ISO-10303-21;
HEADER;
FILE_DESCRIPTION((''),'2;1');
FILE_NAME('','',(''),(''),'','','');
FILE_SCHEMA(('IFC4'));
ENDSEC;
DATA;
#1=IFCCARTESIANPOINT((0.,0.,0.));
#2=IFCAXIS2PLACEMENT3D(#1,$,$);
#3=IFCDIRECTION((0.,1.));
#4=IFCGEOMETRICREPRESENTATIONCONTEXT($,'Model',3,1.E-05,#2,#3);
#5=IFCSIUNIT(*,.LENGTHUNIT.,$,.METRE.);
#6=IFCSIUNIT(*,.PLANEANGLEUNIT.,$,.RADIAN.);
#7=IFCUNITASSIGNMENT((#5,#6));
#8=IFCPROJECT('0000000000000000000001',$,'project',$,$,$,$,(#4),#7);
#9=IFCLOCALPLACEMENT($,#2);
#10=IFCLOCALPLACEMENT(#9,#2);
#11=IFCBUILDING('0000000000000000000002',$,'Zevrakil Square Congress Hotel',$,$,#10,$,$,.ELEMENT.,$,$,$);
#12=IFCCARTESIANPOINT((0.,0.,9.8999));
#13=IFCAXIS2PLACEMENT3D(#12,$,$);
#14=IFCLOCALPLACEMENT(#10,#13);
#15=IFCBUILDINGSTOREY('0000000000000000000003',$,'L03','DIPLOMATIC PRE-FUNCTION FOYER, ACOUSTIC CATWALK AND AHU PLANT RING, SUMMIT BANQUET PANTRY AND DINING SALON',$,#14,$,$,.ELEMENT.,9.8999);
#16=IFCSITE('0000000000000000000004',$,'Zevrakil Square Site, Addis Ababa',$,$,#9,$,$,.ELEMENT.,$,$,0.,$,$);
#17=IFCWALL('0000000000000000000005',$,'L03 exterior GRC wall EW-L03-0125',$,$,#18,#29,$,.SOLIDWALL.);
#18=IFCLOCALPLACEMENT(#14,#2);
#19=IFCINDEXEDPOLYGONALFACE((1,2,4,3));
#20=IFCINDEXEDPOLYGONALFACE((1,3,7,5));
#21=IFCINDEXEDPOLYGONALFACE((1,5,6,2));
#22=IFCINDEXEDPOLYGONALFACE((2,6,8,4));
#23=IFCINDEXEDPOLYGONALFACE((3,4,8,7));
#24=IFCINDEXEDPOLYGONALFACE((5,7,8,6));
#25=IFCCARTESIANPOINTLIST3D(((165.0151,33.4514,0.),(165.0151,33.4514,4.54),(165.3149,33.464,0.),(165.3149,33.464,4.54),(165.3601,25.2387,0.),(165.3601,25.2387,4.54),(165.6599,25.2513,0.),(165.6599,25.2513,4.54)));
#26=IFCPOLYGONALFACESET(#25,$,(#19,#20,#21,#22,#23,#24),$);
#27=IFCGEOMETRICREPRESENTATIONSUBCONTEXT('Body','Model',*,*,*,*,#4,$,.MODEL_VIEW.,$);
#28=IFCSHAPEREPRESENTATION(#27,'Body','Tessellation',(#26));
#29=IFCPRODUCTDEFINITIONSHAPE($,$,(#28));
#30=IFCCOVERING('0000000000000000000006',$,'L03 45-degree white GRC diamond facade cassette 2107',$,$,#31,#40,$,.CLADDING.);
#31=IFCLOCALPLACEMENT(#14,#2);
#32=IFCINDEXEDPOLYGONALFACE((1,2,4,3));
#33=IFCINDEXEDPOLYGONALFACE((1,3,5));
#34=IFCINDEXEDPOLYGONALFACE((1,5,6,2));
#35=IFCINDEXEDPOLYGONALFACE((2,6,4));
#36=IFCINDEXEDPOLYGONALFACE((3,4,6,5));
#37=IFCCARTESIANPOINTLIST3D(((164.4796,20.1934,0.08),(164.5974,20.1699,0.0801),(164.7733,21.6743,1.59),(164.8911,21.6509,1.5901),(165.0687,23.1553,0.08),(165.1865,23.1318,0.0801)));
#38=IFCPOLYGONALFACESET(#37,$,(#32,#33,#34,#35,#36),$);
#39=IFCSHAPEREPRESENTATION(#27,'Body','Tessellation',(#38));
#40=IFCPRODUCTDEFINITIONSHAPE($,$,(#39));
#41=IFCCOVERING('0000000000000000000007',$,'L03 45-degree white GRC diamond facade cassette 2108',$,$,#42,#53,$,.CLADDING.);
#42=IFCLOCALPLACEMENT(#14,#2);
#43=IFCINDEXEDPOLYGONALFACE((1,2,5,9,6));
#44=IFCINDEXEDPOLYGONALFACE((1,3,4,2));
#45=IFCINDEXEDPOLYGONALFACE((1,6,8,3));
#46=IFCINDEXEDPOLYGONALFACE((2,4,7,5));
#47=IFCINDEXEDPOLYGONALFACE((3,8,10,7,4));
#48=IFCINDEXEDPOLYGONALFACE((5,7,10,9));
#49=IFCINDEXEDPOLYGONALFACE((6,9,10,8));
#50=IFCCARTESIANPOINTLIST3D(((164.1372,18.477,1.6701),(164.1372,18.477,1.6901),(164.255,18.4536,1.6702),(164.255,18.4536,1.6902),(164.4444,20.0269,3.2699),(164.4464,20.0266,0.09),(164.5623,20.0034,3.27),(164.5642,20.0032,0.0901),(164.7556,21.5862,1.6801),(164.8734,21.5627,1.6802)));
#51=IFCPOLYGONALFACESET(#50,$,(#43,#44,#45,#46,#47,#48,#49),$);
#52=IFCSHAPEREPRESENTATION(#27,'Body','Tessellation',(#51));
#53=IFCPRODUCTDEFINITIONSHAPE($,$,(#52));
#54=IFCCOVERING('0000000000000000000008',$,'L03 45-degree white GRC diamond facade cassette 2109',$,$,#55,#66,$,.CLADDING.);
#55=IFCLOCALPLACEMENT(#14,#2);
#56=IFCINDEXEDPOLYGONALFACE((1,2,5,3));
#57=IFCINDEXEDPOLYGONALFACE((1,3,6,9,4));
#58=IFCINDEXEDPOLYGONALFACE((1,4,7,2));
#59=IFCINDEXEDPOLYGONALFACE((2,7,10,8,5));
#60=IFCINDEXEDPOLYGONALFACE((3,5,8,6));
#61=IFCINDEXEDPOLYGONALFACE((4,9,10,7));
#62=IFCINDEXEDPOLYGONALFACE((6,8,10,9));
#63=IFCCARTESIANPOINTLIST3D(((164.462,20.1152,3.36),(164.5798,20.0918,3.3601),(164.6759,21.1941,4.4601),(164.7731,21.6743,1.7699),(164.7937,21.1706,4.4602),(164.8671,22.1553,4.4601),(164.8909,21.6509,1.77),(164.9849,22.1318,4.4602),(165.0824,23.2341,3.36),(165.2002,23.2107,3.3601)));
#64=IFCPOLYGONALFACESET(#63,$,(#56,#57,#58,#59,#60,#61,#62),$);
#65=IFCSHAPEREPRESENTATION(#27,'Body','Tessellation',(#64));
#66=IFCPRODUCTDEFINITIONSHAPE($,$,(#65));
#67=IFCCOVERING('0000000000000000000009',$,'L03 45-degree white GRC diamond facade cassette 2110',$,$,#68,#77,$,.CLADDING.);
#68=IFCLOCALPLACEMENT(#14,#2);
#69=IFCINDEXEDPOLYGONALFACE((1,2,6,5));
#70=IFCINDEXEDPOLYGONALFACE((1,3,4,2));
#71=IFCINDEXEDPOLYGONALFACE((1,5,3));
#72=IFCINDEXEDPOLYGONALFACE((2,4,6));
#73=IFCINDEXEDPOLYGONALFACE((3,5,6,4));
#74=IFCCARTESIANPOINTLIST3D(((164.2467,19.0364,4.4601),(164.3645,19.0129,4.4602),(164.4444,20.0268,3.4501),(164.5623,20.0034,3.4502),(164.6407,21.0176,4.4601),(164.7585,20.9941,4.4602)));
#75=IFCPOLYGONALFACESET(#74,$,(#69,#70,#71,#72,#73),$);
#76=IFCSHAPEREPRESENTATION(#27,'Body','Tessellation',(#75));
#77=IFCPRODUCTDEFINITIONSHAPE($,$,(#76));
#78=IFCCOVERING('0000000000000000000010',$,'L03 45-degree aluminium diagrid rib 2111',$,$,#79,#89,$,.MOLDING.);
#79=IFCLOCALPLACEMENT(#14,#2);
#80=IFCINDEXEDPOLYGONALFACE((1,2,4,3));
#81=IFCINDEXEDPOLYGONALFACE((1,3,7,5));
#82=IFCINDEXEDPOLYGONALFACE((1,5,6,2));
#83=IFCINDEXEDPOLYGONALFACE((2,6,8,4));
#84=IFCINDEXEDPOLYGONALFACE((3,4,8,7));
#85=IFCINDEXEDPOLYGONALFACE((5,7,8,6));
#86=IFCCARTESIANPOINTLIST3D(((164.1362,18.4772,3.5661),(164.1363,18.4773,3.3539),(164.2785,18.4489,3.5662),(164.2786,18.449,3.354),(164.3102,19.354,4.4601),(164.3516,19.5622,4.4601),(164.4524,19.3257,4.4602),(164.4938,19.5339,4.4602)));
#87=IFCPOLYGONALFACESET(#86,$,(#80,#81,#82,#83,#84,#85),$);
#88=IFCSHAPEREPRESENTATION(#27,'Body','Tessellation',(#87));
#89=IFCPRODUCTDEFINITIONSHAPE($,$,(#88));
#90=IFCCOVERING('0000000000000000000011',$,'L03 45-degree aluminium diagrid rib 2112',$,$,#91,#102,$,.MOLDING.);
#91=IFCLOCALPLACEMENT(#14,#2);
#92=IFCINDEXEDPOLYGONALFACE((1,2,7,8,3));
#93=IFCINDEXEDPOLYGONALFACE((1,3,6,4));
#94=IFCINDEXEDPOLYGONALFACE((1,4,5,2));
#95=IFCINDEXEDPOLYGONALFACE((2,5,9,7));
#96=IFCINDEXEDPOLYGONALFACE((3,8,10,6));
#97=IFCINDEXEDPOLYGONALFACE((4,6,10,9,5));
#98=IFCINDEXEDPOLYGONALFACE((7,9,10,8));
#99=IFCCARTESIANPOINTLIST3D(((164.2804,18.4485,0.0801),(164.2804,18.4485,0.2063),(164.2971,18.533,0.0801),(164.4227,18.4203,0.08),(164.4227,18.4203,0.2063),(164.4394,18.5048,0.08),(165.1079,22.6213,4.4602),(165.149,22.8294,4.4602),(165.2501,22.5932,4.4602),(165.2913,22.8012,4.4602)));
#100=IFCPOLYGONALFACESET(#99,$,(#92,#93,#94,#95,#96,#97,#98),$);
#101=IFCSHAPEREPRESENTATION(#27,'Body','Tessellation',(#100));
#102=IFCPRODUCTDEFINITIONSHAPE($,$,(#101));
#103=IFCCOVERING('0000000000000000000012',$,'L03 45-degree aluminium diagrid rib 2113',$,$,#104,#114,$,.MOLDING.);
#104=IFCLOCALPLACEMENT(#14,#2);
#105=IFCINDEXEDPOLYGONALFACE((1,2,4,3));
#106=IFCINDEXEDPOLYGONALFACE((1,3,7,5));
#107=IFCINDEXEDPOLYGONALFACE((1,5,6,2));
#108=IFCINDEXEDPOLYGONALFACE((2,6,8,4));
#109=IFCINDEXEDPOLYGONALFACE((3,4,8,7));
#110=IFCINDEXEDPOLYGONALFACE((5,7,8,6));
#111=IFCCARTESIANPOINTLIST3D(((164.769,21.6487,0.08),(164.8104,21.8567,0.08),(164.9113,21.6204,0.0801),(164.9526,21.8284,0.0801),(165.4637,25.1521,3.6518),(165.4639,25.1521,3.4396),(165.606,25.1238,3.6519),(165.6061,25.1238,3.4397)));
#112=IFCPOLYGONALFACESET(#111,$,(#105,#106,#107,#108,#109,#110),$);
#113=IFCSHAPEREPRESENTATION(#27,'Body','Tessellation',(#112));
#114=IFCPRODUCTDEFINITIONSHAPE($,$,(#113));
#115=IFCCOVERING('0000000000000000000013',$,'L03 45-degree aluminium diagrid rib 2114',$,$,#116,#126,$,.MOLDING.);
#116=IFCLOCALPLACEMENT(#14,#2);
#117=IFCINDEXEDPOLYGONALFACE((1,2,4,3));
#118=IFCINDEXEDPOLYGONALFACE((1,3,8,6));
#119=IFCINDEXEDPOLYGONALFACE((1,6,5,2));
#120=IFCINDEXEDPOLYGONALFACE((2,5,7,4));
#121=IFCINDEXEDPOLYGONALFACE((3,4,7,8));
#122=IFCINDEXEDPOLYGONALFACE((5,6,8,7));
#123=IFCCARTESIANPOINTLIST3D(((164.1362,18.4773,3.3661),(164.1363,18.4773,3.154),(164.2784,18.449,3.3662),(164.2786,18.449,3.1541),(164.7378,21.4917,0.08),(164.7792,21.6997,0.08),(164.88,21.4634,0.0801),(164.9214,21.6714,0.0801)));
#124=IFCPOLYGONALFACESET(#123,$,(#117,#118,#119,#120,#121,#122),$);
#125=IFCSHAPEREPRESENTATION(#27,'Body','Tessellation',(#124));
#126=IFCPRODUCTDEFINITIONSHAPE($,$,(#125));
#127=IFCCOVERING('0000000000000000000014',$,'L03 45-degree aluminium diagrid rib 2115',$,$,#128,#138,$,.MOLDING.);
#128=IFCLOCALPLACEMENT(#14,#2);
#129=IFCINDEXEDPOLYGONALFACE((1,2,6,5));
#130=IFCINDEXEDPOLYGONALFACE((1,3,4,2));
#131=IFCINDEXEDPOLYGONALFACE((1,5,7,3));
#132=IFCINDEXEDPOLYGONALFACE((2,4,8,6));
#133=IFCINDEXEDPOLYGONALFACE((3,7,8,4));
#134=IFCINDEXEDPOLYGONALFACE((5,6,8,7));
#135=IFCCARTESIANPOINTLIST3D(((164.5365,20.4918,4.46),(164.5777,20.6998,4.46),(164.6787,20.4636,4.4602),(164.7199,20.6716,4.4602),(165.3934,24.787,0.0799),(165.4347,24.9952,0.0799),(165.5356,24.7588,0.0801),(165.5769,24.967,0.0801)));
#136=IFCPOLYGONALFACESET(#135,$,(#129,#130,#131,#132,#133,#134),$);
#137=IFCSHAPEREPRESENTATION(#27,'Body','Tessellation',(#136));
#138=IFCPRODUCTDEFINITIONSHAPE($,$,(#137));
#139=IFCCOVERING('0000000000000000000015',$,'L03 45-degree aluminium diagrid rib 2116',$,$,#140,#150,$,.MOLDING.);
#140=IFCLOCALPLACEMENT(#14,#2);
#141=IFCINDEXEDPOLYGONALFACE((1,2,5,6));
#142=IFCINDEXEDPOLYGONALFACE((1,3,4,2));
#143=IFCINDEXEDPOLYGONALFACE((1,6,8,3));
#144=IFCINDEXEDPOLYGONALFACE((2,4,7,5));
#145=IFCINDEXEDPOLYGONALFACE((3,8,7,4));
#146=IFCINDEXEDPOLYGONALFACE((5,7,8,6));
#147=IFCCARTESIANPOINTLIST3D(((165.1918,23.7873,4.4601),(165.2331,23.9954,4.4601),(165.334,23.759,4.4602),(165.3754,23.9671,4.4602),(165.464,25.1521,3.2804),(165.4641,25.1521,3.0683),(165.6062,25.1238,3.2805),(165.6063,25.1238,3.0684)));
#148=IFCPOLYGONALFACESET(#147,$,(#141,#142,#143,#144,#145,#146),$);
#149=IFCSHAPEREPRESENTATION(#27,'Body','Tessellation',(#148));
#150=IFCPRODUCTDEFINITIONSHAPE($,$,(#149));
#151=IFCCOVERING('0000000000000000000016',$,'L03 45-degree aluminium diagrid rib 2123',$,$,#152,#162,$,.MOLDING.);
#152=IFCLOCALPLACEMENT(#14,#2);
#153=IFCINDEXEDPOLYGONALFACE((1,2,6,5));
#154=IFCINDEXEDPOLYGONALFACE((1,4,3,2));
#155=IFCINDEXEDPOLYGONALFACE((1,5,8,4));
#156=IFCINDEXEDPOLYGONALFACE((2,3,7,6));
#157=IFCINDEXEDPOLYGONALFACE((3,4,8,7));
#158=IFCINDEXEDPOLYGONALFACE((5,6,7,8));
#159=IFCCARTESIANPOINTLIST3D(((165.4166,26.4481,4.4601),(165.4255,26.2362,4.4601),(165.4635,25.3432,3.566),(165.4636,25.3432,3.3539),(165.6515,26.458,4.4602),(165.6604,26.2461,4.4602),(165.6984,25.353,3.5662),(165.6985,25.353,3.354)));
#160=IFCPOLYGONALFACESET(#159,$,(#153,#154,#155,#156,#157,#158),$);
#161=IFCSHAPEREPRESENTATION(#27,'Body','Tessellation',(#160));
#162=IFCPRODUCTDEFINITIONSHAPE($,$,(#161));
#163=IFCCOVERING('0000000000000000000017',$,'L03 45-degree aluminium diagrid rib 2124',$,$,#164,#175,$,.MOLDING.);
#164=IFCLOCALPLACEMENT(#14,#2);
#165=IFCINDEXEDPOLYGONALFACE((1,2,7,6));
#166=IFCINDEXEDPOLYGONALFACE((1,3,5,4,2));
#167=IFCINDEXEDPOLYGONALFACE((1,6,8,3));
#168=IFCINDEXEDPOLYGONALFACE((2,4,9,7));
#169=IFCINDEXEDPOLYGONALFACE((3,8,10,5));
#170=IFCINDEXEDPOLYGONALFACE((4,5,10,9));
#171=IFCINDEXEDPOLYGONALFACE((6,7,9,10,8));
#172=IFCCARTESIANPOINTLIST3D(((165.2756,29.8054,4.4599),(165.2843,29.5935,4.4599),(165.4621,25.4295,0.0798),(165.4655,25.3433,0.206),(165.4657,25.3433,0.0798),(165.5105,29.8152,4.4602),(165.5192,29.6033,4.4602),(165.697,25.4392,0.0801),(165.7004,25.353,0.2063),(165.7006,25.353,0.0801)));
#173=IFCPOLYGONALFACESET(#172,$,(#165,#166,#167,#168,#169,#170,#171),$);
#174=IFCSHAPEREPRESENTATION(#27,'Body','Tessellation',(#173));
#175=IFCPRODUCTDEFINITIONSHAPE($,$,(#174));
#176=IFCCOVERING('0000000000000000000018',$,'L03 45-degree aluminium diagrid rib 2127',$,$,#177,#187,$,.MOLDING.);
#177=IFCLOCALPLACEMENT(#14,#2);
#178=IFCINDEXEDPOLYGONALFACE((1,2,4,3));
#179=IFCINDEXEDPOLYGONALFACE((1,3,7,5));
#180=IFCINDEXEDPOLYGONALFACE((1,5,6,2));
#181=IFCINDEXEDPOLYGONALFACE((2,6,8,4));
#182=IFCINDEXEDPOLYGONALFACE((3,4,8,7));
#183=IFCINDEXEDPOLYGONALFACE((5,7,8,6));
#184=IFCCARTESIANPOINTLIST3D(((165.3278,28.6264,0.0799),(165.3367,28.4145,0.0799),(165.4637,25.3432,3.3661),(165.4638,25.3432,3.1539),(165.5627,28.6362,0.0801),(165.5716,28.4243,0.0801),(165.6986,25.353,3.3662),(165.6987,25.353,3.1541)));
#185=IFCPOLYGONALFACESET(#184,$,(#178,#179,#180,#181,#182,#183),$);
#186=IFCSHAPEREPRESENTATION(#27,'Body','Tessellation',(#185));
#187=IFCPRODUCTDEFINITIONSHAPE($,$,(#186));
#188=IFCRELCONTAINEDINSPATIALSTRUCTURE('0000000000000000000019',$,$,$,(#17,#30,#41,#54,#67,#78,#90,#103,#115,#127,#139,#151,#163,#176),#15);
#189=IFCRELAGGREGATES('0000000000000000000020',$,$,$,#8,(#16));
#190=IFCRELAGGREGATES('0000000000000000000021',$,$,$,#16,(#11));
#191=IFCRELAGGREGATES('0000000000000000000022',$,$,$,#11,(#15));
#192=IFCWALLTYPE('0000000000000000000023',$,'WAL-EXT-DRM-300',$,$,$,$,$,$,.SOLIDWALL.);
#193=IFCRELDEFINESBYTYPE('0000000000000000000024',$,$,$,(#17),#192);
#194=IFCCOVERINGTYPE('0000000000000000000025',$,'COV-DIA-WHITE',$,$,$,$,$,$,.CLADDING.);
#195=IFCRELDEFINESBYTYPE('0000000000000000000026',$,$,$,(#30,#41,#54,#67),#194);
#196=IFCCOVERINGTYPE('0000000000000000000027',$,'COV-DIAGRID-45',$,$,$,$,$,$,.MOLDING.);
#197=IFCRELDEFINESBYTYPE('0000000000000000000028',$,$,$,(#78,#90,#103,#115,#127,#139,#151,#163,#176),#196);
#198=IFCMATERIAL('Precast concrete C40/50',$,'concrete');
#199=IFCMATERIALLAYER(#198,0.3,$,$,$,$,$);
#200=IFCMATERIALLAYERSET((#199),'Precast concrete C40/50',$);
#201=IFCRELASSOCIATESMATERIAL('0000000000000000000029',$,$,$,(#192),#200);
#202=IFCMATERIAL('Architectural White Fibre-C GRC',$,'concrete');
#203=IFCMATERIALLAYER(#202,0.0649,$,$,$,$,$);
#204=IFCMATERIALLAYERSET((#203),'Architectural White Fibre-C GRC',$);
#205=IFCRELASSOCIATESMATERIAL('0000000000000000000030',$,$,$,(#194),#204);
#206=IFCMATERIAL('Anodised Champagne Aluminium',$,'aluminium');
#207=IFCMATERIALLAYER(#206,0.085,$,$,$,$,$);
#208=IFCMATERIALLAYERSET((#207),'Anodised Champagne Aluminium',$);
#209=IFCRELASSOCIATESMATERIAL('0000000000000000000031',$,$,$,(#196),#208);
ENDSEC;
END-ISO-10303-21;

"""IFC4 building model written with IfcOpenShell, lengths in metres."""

from ifc_helpers import new_model, si_unit, direction, frame, frame_2d, origin, place, context, subcontext, project, spatial, polyline, rectangle, outline, extrude, material, layer, layer_set, type_object, element, save


model = new_model("IFC4")

# Units and contexts
model_context = context("Model", 3, precision=1e-05, world=origin(), true_north=direction((0.0, 1.0)))
body_context = subcontext(model_context, "Body", "Model", "MODEL_VIEW")
ifc_project = project(units=[si_unit("LENGTHUNIT", "METRE"), si_unit("PLANEANGLEUNIT", "RADIAN")], contexts=[model_context])

# Site, building, storey
site_placement = place(None, origin())
site = spatial("IfcSite", under=ifc_project, at=site_placement, Name="Zevrakil Square Site, Addis Ababa", CompositionType="ELEMENT", RefElevation=0.0)
building_placement = place(site_placement, origin())
building = spatial("IfcBuilding", under=site, at=building_placement, Name="Zevrakil Square Congress Hotel", CompositionType="ELEMENT")
storey_placement = place(building_placement, frame((0.0, 0.0, 9.8999)))
storey = spatial("IfcBuildingStorey", under=building, at=storey_placement, Name="L03", Description="DIPLOMATIC PRE-FUNCTION FOYER, ACOUSTIC CATWALK AND AHU PLANT RING, SUMMIT BANQUET PANTRY AND DINING SALON", CompositionType="ELEMENT", Elevation=9.8999)

# Wall
ifc_material_1 = material(Name="Precast concrete C40/50", Category="concrete")
ifc_layer_1 = layer(ifc_material_1, 0.3)
ifc_layer_set_1 = layer_set([ifc_layer_1], Name="Precast concrete C40/50")
wall_type = type_object("IfcWallType", Name="WAL-EXT-DRM-300", PredefinedType="SOLIDWALL", material=ifc_layer_set_1)
wall_placement = place(storey_placement, frame((165.51, 25.2451, 0.0), z_axis=(0.0, 0.0, 1.0), x_axis=(-0.041968, 0.999119, 0.0)))
element("IfcWall", 1, at=wall_placement, inside=storey, type_object=wall_type, Name="L03 exterior GRC wall EW-L03-0125", PredefinedType="SOLIDWALL", context=body_context, shape_type="SweptSolid", body=[
    extrude(rectangle(XDim=8.22, YDim=0.3, at=frame_2d((4.1099, 0.0))), origin(), (0.0, 0.0, 1.0), 4.54),
])

# Coverings
ifc_material_2 = material(Name="Architectural White Fibre-C GRC", Category="concrete")
ifc_layer_2 = layer(ifc_material_2, 0.0649)
ifc_layer_set_2 = layer_set([ifc_layer_2], Name="Architectural White Fibre-C GRC")
covering_type_1 = type_object("IfcCoveringType", Name="COV-DIA-WHITE", PredefinedType="CLADDING", material=ifc_layer_set_2)
covering_1_placement = place(storey_placement, frame((164.8911, 21.6509, 1.5901), z_axis=(0.980788, -0.195074, 0.000555), x_axis=(0.138329, 0.693474, -0.707078)))
element("IfcCovering", 2, at=covering_1_placement, inside=storey, type_object=covering_type_1, Name="L03 45-degree white GRC diamond facade cassette 2107", PredefinedType="CLADDING", context=body_context, shape_type="SweptSolid", body=[
    extrude(outline(polyline([(0.0, 0.0), (2.1356, 0.0), (0.0001, -2.1353), (0.0, 0.0)])), origin(), (0.0, 0.0, -1.0), 0.1201),
])
covering_2_placement = place(storey_placement, frame((164.5623, 20.0034, 3.27), z_axis=(0.980787, -0.195079, 0.000615), x_axis=(0.138378, 0.69348, -0.707062)))
element("IfcCovering", 3, at=covering_2_placement, inside=storey, type_object=covering_type_1, Name="L03 45-degree white GRC diamond facade cassette 2108", PredefinedType="CLADDING", context=body_context, shape_type="SweptSolid", body=[
    extrude(outline(polyline([(0.0, 0.0), (2.2485, 0.0), (2.2485, -2.2486), (0.0139, -2.2485), (-0.0003, -2.2343), (0.0, 0.0)])), origin(), (0.0, 0.0, -1.0), 0.1201),
])
covering_3_placement = place(storey_placement, frame((165.2002, 23.2107, 3.3601), z_axis=(0.980787, -0.19508, 0.00061), x_axis=(-0.137524, -0.693628, -0.707084)))
element("IfcCovering", 4, at=covering_3_placement, inside=storey, type_object=covering_type_1, Name="L03 45-degree white GRC diamond facade cassette 2109", PredefinedType="CLADDING", context=body_context, shape_type="SweptSolid", body=[
    extrude(outline(polyline([(0.0, 0.0), (2.2488, 0.0), (2.2487, -2.2485), (0.6931, -2.2487), (0.0001, -1.5558), (0.0, 0.0)])), origin(), (0.0, 0.0, -1.0), 0.1201),
])
covering_4_placement = place(storey_placement, frame((164.5623, 20.0034, 3.4502), z_axis=(0.980789, -0.19507, 0.000735), x_axis=(-0.138446, -0.693427, 0.707101)))
element("IfcCovering", 5, at=covering_4_placement, inside=storey, type_object=covering_type_1, Name="L03 45-degree white GRC diamond facade cassette 2110", PredefinedType="CLADDING", context=body_context, shape_type="SweptSolid", body=[
    extrude(outline(polyline([(0.0, 0.0), (1.4284, 0.0), (0.0, -1.4283), (0.0, 0.0)])), origin(), (0.0, 0.0, -1.0), 0.1201),
])
ifc_material_3 = material(Name="Anodised Champagne Aluminium", Category="aluminium")
ifc_layer_3 = layer(ifc_material_3, 0.085)
ifc_layer_set_3 = layer_set([ifc_layer_3], Name="Anodised Champagne Aluminium")
covering_type_2 = type_object("IfcCoveringType", Name="COV-DIAGRID-45", PredefinedType="MOLDING", material=ifc_layer_set_3)
covering_5_placement = place(storey_placement, frame((164.2786, 18.449, 3.354), z_axis=(0.980799, -0.195022, 0.00044), x_axis=(-0.000475, -0.000134, 1.0)))
element("IfcCovering", 6, at=covering_5_placement, inside=storey, type_object=covering_type_2, Name="L03 45-degree aluminium diagrid rib 2111", PredefinedType="MOLDING", context=body_context, shape_type="SweptSolid", body=[
    extrude(outline(polyline([(0.0, 0.0), (0.2122, 0.0), (1.106, -0.894), (1.106, -1.1063), (0.0, 0.0)])), origin(), (0.0, 0.0, -1.0), 0.145),
])
covering_6_placement = place(storey_placement, frame((164.2971, 18.533, 0.0801), z_axis=(-0.980963, 0.194192, 0.000316), x_axis=(-0.194192, -0.980963, 0.0)))
element("IfcCovering", 7, at=covering_6_placement, inside=storey, type_object=covering_type_2, Name="L03 45-degree aluminium diagrid rib 2112", PredefinedType="MOLDING", context=body_context, shape_type="SweptSolid", body=[
    extrude(outline(polyline([(0.0, 0.0), (0.0861, 0.0), (0.0861, 0.1262), (-4.168, 4.3801), (-4.3801, 4.3801), (0.0, 0.0)])), origin(), (0.0, 0.0, -1.0), 0.145),
])
covering_7_placement = place(storey_placement, frame((164.9526, 21.8284, 0.0801), z_axis=(0.980785, -0.195089, 0.000596), x_axis=(-0.195089, -0.980786, 0.0)))
element("IfcCovering", 8, at=covering_7_placement, inside=storey, type_object=covering_type_2, Name="L03 45-degree aluminium diagrid rib 2113", PredefinedType="MOLDING", context=body_context, shape_type="SweptSolid", body=[
    extrude(outline(polyline([(0.0, 0.0), (0.2121, 0.0), (-3.3595, -3.5718), (-3.3596, -3.3596), (0.0, 0.0)])), origin(), (0.0, 0.0, -1.0), 0.145),
])
covering_8_placement = place(storey_placement, frame((164.2786, 18.449, 3.1541), z_axis=(0.98078, -0.195116, 0.00056), x_axis=(-0.00055, 0.000109, 1.0)))
element("IfcCovering", 9, at=covering_8_placement, inside=storey, type_object=covering_type_2, Name="L03 45-degree aluminium diagrid rib 2114", PredefinedType="MOLDING", context=body_context, shape_type="SweptSolid", body=[
    extrude(outline(polyline([(0.0, 0.0), (0.2122, 0.0), (-3.074, -3.2859), (-3.074, -3.0738), (0.0, 0.0)])), origin(), (0.0, 0.0, -1.0), 0.145),
])
covering_9_placement = place(storey_placement, frame((164.6787, 20.4636, 4.4602), z_axis=(0.98091, -0.194456, 0.001217), x_axis=(0.194456, 0.980911, 0.0)))
element("IfcCovering", 10, at=covering_9_placement, inside=storey, type_object=covering_type_2, Name="L03 45-degree aluminium diagrid rib 2115", PredefinedType="MOLDING", context=body_context, shape_type="SweptSolid", body=[
    extrude(outline(polyline([(0.0, 0.0), (0.2121, 0.0), (4.5921, -4.3801), (4.3798, -4.3801), (0.0, 0.0)])), origin(), (0.0, 0.0, -1.0), 0.145),
])
covering_10_placement = place(storey_placement, frame((165.334, 23.759, 4.4602), z_axis=(0.980777, -0.195131, 0.000576), x_axis=(0.195131, 0.980777, 0.0)))
element("IfcCovering", 11, at=covering_10_placement, inside=storey, type_object=covering_type_2, Name="L03 45-degree aluminium diagrid rib 2116", PredefinedType="MOLDING", context=body_context, shape_type="SweptSolid", body=[
    extrude(outline(polyline([(0.0, 0.0), (0.2121, 0.0), (1.3916, -1.1797), (1.3917, -1.3918), (0.0, 0.0)])), origin(), (0.0, 0.0, -1.0), 0.145),
])
covering_11_placement = place(storey_placement, frame((165.6985, 25.353, 3.354), z_axis=(0.999119, 0.041961, 0.000523), x_axis=(-0.000522, -0.000022, 1.0)))
element("IfcCovering", 12, at=covering_11_placement, inside=storey, type_object=covering_type_2, Name="L03 45-degree aluminium diagrid rib 2123", PredefinedType="MOLDING", context=body_context, shape_type="SweptSolid", body=[
    extrude(outline(polyline([(0.0, 0.0), (0.2122, 0.0), (1.1062, -0.8939), (1.1062, -1.106), (0.0, 0.0)])), origin(), (0.0, 0.0, -1.0), 0.2351),
])
covering_12_placement = place(storey_placement, frame((165.697, 25.4392, 0.0801), z_axis=(0.999141, 0.041418, 0.001178), x_axis=(0.041418, -0.999142, -0.000001)))
element("IfcCovering", 13, at=covering_12_placement, inside=storey, type_object=covering_type_2, Name="L03 45-degree aluminium diagrid rib 2124", PredefinedType="MOLDING", context=body_context, shape_type="SweptSolid", body=[
    extrude(outline(polyline([(0.0, 0.0), (0.0863, 0.0), (0.0862, -0.1262), (-4.1679, -4.3801), (-4.38, -4.3801), (0.0, 0.0)])), origin(), (0.0, 0.0, -1.0), 0.2351),
])
covering_13_placement = place(storey_placement, frame((165.6987, 25.353, 3.1541), z_axis=(0.999119, 0.041966, 0.000623), x_axis=(-0.000624, 0.000022, 1.0)))
element("IfcCovering", 14, at=covering_13_placement, inside=storey, type_object=covering_type_2, Name="L03 45-degree aluminium diagrid rib 2127", PredefinedType="MOLDING", context=body_context, shape_type="SweptSolid", body=[
    extrude(outline(polyline([(0.0, 0.0), (0.2122, 0.0), (-3.0738, -3.2862), (-3.0738, -3.0741), (0.0, 0.0)])), origin(), (0.0, 0.0, -1.0), 0.2351),
])

save(model, "model.ifc")
